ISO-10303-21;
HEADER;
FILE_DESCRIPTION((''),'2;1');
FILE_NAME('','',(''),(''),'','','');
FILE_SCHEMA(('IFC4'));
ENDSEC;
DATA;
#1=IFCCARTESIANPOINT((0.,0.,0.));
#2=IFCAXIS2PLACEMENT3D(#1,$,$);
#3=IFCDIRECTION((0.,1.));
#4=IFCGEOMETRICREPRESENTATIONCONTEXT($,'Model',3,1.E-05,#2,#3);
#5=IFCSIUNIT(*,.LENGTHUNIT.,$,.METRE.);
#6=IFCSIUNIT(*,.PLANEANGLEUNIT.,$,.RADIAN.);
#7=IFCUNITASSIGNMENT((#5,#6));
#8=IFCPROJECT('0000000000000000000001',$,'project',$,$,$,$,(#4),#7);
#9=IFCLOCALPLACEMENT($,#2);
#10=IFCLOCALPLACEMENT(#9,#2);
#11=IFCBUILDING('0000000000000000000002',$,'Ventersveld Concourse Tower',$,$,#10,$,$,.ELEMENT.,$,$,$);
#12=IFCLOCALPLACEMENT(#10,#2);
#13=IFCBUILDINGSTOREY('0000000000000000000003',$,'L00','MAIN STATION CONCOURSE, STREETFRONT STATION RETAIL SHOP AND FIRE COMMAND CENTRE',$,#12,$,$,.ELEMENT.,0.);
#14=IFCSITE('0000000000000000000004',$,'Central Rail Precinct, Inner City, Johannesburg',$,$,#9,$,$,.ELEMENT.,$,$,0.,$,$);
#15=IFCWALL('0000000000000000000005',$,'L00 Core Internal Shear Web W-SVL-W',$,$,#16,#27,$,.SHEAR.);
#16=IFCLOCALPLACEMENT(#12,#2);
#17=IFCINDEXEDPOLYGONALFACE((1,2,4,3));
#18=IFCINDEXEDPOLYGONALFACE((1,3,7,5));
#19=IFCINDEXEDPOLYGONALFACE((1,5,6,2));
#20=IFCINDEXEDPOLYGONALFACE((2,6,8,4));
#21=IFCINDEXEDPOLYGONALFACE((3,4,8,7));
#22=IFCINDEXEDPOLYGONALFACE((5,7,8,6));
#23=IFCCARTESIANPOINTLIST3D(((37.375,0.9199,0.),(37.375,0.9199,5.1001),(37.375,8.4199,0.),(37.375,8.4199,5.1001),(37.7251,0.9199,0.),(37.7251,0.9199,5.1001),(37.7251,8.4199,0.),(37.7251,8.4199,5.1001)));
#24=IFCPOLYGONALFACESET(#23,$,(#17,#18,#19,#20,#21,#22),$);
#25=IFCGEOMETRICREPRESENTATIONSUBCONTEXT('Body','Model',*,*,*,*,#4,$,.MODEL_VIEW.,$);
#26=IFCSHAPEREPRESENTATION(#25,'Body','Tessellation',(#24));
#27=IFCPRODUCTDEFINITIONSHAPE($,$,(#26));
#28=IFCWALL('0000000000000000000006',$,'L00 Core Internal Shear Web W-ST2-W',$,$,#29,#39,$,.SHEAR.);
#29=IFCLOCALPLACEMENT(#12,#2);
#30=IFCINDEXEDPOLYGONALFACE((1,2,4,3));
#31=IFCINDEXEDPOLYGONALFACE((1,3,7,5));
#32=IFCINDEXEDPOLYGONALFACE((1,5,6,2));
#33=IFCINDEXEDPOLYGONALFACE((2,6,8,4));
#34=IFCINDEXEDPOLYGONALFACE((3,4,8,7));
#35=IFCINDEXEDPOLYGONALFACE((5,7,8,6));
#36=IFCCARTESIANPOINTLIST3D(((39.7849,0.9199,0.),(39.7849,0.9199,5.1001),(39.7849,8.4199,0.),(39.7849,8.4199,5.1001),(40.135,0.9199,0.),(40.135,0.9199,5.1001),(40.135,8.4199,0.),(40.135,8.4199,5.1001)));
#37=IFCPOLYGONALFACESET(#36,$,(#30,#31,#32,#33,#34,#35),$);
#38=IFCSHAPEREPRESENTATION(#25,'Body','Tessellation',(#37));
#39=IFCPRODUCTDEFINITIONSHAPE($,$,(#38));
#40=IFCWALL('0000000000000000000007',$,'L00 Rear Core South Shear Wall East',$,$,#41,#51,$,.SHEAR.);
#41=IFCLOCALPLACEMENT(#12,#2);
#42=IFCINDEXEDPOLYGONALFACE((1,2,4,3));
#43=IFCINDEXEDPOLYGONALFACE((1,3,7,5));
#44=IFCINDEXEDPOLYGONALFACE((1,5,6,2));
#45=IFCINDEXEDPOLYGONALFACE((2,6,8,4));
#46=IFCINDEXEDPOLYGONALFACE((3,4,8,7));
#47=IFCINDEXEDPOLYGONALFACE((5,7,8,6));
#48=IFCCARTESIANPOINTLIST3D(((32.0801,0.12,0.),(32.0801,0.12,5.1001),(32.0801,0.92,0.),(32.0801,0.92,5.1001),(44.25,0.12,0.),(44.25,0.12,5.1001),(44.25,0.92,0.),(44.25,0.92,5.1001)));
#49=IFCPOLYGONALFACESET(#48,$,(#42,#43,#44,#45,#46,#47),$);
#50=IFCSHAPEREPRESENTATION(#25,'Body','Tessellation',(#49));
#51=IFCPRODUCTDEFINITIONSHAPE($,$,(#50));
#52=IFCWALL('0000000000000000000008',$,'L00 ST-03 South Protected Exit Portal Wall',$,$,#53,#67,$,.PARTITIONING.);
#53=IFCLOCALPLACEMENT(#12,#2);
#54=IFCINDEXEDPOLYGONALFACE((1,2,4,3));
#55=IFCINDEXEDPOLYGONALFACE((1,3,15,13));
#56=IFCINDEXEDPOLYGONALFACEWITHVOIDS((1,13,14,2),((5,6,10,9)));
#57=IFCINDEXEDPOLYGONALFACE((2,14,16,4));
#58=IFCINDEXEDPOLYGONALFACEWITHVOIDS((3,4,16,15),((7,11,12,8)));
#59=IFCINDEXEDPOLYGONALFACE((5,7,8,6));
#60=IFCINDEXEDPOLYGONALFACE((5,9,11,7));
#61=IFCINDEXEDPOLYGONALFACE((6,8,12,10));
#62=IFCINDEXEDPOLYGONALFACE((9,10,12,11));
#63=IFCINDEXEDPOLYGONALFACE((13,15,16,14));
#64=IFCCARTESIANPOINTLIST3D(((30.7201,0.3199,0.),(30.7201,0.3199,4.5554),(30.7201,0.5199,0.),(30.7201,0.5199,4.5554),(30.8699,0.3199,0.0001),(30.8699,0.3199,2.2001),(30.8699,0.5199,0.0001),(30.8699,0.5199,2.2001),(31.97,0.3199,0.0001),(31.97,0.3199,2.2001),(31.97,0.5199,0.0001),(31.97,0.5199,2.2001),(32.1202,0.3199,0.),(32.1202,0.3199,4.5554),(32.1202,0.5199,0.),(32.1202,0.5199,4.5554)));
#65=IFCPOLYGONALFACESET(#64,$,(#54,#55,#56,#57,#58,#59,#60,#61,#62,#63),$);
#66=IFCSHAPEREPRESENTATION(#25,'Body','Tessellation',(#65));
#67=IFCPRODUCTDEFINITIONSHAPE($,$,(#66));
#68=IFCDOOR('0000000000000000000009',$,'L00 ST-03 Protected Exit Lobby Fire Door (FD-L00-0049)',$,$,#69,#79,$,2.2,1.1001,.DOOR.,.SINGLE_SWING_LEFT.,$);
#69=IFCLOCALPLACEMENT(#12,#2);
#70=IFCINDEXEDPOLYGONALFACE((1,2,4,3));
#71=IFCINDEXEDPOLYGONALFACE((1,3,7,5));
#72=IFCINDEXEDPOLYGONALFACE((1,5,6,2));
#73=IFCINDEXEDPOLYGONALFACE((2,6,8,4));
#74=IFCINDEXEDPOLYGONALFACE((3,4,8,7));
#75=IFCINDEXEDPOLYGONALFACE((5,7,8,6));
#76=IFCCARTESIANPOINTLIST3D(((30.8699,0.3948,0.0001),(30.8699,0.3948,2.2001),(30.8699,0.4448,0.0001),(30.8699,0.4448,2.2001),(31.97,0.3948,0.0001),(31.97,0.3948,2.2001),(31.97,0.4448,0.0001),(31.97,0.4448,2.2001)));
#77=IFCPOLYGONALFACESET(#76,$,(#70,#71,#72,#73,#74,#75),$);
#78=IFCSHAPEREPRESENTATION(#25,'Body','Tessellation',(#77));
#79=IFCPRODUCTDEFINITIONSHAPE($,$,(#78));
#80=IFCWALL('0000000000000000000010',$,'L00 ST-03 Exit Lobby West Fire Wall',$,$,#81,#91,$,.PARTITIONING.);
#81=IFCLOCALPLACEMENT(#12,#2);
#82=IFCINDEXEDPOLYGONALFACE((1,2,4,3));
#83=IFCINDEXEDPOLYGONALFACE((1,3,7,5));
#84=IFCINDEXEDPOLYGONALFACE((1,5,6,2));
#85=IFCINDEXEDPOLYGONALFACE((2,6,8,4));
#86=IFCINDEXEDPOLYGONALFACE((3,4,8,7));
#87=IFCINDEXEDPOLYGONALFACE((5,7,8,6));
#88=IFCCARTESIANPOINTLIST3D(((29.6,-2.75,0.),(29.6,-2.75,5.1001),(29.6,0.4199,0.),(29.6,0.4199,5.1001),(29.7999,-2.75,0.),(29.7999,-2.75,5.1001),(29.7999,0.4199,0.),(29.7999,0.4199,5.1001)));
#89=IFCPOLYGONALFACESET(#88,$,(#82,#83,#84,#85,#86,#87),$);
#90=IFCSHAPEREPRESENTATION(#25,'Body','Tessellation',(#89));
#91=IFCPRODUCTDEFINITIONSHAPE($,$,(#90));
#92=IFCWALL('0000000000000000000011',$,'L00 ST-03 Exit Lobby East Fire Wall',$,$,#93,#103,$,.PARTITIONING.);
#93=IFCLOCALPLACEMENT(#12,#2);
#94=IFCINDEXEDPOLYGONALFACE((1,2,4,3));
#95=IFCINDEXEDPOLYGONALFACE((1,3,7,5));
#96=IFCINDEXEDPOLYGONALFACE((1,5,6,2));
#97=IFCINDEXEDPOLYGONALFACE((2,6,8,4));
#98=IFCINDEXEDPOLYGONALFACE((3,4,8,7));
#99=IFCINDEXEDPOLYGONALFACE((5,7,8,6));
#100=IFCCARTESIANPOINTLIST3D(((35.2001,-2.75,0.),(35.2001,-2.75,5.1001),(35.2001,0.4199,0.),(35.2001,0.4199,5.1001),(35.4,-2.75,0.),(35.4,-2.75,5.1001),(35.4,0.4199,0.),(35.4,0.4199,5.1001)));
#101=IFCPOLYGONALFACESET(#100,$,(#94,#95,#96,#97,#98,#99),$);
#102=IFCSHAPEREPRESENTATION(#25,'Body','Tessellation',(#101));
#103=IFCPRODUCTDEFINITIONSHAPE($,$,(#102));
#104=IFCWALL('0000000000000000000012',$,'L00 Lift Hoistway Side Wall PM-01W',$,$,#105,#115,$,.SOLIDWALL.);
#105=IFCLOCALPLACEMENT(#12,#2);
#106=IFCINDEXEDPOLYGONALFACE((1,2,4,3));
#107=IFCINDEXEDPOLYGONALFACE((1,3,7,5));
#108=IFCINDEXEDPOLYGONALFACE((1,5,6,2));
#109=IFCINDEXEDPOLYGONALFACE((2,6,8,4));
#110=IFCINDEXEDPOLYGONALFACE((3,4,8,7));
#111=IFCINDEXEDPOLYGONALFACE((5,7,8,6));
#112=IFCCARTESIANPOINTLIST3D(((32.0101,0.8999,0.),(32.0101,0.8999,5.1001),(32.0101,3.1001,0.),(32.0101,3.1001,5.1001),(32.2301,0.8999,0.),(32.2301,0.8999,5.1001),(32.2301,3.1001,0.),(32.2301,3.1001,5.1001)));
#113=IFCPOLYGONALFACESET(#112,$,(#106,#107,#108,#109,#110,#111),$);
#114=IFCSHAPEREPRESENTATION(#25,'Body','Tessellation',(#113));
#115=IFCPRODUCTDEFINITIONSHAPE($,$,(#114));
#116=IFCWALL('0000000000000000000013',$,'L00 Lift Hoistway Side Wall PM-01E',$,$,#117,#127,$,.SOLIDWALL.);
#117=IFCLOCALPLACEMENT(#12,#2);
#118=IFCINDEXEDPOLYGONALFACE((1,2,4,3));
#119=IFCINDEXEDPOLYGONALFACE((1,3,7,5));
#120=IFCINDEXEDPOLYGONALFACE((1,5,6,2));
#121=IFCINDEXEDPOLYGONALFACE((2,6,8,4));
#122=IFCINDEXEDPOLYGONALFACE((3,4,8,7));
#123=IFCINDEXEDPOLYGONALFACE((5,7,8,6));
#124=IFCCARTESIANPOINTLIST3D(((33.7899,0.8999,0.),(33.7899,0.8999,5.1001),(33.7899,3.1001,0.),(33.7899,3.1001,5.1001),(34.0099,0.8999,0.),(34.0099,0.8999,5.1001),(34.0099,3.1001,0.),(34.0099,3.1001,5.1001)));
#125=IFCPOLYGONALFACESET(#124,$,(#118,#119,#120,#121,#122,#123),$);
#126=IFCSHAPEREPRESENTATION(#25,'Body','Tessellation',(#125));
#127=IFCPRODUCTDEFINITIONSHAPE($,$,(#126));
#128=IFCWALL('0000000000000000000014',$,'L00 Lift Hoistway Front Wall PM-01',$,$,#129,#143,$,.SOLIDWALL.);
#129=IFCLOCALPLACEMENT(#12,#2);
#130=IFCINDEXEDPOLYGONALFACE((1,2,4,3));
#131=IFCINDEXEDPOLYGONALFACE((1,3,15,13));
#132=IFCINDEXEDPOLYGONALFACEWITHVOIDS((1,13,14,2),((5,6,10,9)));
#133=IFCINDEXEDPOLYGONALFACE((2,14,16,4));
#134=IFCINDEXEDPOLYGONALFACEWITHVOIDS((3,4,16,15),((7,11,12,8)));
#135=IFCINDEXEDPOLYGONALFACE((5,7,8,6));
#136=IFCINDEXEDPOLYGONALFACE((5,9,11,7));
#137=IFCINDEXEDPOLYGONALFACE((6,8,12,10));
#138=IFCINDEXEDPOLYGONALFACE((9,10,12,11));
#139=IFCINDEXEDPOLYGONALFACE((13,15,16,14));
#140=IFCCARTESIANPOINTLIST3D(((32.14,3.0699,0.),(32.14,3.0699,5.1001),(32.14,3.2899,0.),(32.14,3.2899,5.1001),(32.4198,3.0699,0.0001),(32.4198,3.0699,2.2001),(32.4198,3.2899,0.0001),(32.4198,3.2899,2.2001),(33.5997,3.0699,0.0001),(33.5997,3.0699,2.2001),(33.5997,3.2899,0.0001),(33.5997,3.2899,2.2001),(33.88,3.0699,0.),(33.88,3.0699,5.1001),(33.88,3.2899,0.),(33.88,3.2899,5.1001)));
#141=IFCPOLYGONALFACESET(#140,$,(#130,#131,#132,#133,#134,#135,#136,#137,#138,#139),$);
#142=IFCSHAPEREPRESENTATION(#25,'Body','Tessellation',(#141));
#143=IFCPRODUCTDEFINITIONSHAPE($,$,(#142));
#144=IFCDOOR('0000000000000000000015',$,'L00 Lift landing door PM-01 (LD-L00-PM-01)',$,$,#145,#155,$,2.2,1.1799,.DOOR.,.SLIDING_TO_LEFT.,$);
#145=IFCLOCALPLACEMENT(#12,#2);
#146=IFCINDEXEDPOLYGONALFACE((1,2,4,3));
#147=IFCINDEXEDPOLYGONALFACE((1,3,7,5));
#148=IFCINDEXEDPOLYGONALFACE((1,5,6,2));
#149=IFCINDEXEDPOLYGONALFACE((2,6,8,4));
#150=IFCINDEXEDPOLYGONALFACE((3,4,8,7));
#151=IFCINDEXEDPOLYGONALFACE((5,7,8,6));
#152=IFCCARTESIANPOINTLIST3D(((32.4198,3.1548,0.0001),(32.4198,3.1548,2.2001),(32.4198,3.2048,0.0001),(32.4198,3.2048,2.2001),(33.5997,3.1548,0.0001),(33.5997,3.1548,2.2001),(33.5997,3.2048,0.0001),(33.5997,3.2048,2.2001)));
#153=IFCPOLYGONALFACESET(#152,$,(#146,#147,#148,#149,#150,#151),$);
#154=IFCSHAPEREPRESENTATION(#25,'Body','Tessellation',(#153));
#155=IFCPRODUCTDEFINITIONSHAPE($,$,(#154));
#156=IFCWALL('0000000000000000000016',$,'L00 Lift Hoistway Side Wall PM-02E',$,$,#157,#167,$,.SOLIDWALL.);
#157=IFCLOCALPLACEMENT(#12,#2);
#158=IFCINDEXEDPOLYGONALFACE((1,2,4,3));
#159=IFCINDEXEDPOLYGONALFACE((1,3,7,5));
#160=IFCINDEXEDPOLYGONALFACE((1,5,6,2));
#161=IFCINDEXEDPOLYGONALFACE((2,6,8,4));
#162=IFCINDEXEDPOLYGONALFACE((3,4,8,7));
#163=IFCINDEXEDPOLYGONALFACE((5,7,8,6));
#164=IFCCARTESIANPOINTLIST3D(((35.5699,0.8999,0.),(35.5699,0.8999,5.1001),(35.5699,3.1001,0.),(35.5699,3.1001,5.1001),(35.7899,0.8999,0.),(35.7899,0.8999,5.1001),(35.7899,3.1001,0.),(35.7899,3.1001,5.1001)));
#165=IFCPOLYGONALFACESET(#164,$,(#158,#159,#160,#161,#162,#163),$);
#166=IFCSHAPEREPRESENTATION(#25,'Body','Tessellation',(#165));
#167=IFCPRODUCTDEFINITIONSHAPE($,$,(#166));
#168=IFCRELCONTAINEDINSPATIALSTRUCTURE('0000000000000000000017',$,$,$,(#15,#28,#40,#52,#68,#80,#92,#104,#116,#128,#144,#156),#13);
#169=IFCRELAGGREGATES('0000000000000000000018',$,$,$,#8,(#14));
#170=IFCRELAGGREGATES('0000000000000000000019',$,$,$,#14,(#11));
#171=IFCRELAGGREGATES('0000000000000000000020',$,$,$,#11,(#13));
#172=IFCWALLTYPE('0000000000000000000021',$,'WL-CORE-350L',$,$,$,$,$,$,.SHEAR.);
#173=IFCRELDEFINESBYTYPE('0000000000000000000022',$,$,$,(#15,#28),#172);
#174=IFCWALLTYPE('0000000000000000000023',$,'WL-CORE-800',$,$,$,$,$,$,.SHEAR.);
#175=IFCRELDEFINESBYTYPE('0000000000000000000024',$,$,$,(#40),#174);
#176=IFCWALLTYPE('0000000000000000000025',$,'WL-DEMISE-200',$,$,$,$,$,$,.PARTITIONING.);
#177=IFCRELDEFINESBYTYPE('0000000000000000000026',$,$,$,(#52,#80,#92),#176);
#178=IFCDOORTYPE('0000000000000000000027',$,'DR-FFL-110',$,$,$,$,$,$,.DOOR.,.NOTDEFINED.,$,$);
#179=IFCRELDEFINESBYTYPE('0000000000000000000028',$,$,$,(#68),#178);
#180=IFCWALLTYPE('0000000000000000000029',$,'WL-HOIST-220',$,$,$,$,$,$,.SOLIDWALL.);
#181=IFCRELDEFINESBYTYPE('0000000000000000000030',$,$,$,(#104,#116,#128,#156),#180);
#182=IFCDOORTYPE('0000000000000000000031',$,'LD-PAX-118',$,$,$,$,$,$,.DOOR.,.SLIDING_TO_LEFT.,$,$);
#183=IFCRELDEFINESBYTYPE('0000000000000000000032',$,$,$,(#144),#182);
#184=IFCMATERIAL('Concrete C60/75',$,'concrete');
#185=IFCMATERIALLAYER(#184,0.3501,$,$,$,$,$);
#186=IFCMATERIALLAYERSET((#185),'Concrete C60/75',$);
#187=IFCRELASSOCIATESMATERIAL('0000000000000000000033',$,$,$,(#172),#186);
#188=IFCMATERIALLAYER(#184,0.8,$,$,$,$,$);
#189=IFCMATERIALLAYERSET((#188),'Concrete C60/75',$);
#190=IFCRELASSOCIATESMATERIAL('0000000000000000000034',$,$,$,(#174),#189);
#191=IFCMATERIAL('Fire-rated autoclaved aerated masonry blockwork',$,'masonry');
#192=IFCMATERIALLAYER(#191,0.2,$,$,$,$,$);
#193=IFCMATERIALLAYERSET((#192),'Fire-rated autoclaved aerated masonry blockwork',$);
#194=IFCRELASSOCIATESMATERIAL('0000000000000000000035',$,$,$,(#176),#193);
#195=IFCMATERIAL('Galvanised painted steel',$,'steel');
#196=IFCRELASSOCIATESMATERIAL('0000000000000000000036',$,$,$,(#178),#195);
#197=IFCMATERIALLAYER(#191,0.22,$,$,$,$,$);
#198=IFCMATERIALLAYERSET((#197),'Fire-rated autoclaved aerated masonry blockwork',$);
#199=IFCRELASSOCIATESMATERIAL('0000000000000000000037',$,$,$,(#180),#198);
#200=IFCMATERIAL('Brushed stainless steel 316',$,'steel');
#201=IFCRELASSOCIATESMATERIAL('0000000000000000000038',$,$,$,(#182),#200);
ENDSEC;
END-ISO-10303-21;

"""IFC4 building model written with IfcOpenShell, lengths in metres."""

from ifc_helpers import new_model, si_unit, direction, frame, frame_2d, origin, place, context, subcontext, project, spatial, rectangle, extrude, material, layer, layer_set, type_object, element, fill, save


model = new_model("IFC4")

# Units and contexts
model_context = context("Model", 3, precision=1e-05, world=origin(), true_north=direction((0.0, 1.0)))
body_context = subcontext(model_context, "Body", "Model", "MODEL_VIEW")
ifc_project = project(units=[si_unit("LENGTHUNIT", "METRE"), si_unit("PLANEANGLEUNIT", "RADIAN")], contexts=[model_context])

# Site, building, storey
site_placement = place(None, origin())
site = spatial("IfcSite", under=ifc_project, at=site_placement, Name="Central Rail Precinct, Inner City, Johannesburg", CompositionType="ELEMENT", RefElevation=0.0)
building_placement = place(site_placement, origin())
building = spatial("IfcBuilding", under=site, at=building_placement, Name="Ventersveld Concourse Tower", CompositionType="ELEMENT")
storey_placement = place(building_placement, origin())
storey = spatial("IfcBuildingStorey", under=building, at=storey_placement, Name="L00", Description="MAIN STATION CONCOURSE, STREETFRONT STATION RETAIL SHOP AND FIRE COMMAND CENTRE", CompositionType="ELEMENT", Elevation=0.0)

# Shared definitions
ifc_material_1 = material(Name="Concrete C60/75", Category="concrete")

# Walls
ifc_layer_1 = layer(ifc_material_1, 0.3501)
ifc_layer_set_1 = layer_set([ifc_layer_1], Name="Concrete C60/75")
wall_type_1 = type_object("IfcWallType", Name="WL-CORE-350L", PredefinedType="SHEAR", material=ifc_layer_set_1)
for number, where, z_axis, x_axis, name in (
    (1, (37.55, 0.9199, 0.0), (0.0, 0.0, 1.0), (0.0, 1.0, 0.0), "L00 Core Internal Shear Web W-SVL-W"),
    (2, (39.96, 0.9199, 0.0), (0.0, 0.0, 1.0), (0.0, 1.0, 0.0), "L00 Core Internal Shear Web W-ST2-W"),
):
    element("IfcWall", number, at=place(storey_placement, frame(where, z_axis=z_axis, x_axis=x_axis)), inside=storey, type_object=wall_type_1, Name=name, PredefinedType="SHEAR", context=body_context, shape_type="SweptSolid", body=[
        extrude(rectangle(XDim=7.5, YDim=0.3501, at=frame_2d((3.75, 0.0))), origin(), (0.0, 0.0, 1.0), 5.1001),
    ])
ifc_layer_2 = layer(ifc_material_1, 0.8)
ifc_layer_set_2 = layer_set([ifc_layer_2], Name="Concrete C60/75")
wall_type_2 = type_object("IfcWallType", Name="WL-CORE-800", PredefinedType="SHEAR", material=ifc_layer_set_2)
wall_1_placement = place(storey_placement, frame((32.0801, 0.52, 0.0), z_axis=(0.0, 0.0, 1.0), x_axis=(1.0, 0.0, 0.0)))
element("IfcWall", 3, at=wall_1_placement, inside=storey, type_object=wall_type_2, Name="L00 Rear Core South Shear Wall East", PredefinedType="SHEAR", context=body_context, shape_type="SweptSolid", body=[
    extrude(rectangle(XDim=12.1699, YDim=0.8, at=frame_2d((6.085, 0.0))), origin(), (0.0, 0.0, 1.0), 5.1001),
])

# Wall, opening, door
ifc_material_2 = material(Name="Fire-rated autoclaved aerated masonry blockwork", Category="masonry")
ifc_layer_3 = layer(ifc_material_2, 0.2)
ifc_layer_set_3 = layer_set([ifc_layer_3], Name="Fire-rated autoclaved aerated masonry blockwork")
wall_type_3 = type_object("IfcWallType", Name="WL-DEMISE-200", PredefinedType="PARTITIONING", material=ifc_layer_set_3)
wall_2_placement = place(storey_placement, frame((30.72, 0.4199, 0.0), z_axis=(0.0, 0.0, 1.0), x_axis=(1.0, 0.0, 0.0)))
wall_2 = element("IfcWall", 4, at=wall_2_placement, inside=storey, type_object=wall_type_3, Name="L00 ST-03 South Protected Exit Portal Wall", PredefinedType="PARTITIONING", context=body_context, shape_type="SweptSolid", body=[
    extrude(rectangle(XDim=1.4001, YDim=0.2, at=frame_2d((0.7002, 0.0))), origin(), (0.0, 0.0, 1.0), 4.5554),
])
opening_1_placement = place(wall_2_placement, frame((0.1499, 0.0, 0.0)))
opening_1 = element("IfcOpeningElement", 5, at=opening_1_placement, cuts=wall_2, PredefinedType="OPENING", context=body_context, shape_type="SweptSolid", body=[
    extrude(rectangle(XDim=1.1001, YDim=2.2, at=frame_2d((0.55, 1.1001))), frame((0.0, 0.1099, 0.0), z_axis=(0.0, -1.0, 0.0), x_axis=(1.0, 0.0, 0.0)), (0.0, 0.0, 1.0), 0.22),
])
ifc_material_3 = material(Name="Galvanised painted steel", Category="steel")
door_type_1 = type_object("IfcDoorType", Name="DR-FFL-110", OperationType="NOTDEFINED", PredefinedType="DOOR", material=ifc_material_3)
door_1_placement = place(opening_1_placement, origin())
door_1 = element("IfcDoor", 6, at=door_1_placement, inside=storey, type_object=door_type_1, Name="L00 ST-03 Protected Exit Lobby Fire Door (FD-L00-0049)", OperationType="SINGLE_SWING_LEFT", OverallHeight=2.2, OverallWidth=1.1001, PredefinedType="DOOR", context=body_context, shape_type="SweptSolid", body=[
    extrude(rectangle(XDim=1.1001, YDim=2.2, at=frame_2d((0.55, 1.1001))), frame((0.0, 0.0249, 0.0), z_axis=(0.0, -1.0, 0.0), x_axis=(1.0, 0.0, 0.0)), (0.0, 0.0, 1.0), 0.05),
])
fill(opening_1, door_1)

# Walls
for number, where, z_axis, x_axis, name in (
    (7, (29.7, -2.75, 0.0), (0.0, 0.0, 1.0), (0.0, 1.0, 0.0), "L00 ST-03 Exit Lobby West Fire Wall"),
    (8, (35.3, -2.75, 0.0), (0.0, 0.0, 1.0), (0.0, 1.0, 0.0), "L00 ST-03 Exit Lobby East Fire Wall"),
):
    element("IfcWall", number, at=place(storey_placement, frame(where, z_axis=z_axis, x_axis=x_axis)), inside=storey, type_object=wall_type_3, Name=name, PredefinedType="PARTITIONING", context=body_context, shape_type="SweptSolid", body=[
        extrude(rectangle(XDim=3.1699, YDim=0.2, at=frame_2d((1.585, 0.0))), origin(), (0.0, 0.0, 1.0), 5.1001),
    ])
ifc_layer_4 = layer(ifc_material_2, 0.22)
ifc_layer_set_4 = layer_set([ifc_layer_4], Name="Fire-rated autoclaved aerated masonry blockwork")
wall_type_4 = type_object("IfcWallType", Name="WL-HOIST-220", PredefinedType="SOLIDWALL", material=ifc_layer_set_4)
for number, where, z_axis, x_axis, name in (
    (9, (32.1201, 0.8999, 0.0), (0.0, 0.0, 1.0), (0.0, 1.0, 0.0), "L00 Lift Hoistway Side Wall PM-01W"),
    (10, (33.8999, 0.8999, 0.0), (0.0, 0.0, 1.0), (0.0, 1.0, 0.0), "L00 Lift Hoistway Side Wall PM-01E"),
):
    element("IfcWall", number, at=place(storey_placement, frame(where, z_axis=z_axis, x_axis=x_axis)), inside=storey, type_object=wall_type_4, Name=name, PredefinedType="SOLIDWALL", context=body_context, shape_type="SweptSolid", body=[
        extrude(rectangle(XDim=2.2002, YDim=0.22, at=frame_2d((1.1001, 0.0))), origin(), (0.0, 0.0, 1.0), 5.1001),
    ])

# Wall, opening, door
wall_3_placement = place(storey_placement, frame((32.1399, 3.1799, 0.0), z_axis=(0.0, 0.0, 1.0), x_axis=(1.0, 0.0, 0.0)))
wall_3 = element("IfcWall", 11, at=wall_3_placement, inside=storey, type_object=wall_type_4, Name="L00 Lift Hoistway Front Wall PM-01", PredefinedType="SOLIDWALL", context=body_context, shape_type="SweptSolid", body=[
    extrude(rectangle(XDim=1.74, YDim=0.22, at=frame_2d((0.8701, 0.0))), origin(), (0.0, 0.0, 1.0), 5.1001),
])
opening_2_placement = place(wall_3_placement, frame((0.28, 0.0, 0.0)))
opening_2 = element("IfcOpeningElement", 12, at=opening_2_placement, cuts=wall_3, PredefinedType="OPENING", context=body_context, shape_type="SweptSolid", body=[
    extrude(rectangle(XDim=1.1799, YDim=2.2, at=frame_2d((0.5898, 1.1001))), frame((0.0, 0.1201, 0.0), z_axis=(0.0, -1.0, 0.0), x_axis=(1.0, 0.0, 0.0)), (0.0, 0.0, 1.0), 0.24),
])
ifc_material_4 = material(Name="Brushed stainless steel 316", Category="steel")
door_type_2 = type_object("IfcDoorType", Name="LD-PAX-118", OperationType="SLIDING_TO_LEFT", PredefinedType="DOOR", material=ifc_material_4)
door_2_placement = place(opening_2_placement, origin())
door_2 = element("IfcDoor", 13, at=door_2_placement, inside=storey, type_object=door_type_2, Name="L00 Lift landing door PM-01 (LD-L00-PM-01)", OperationType="SLIDING_TO_LEFT", OverallHeight=2.2, OverallWidth=1.1799, PredefinedType="DOOR", context=body_context, shape_type="SweptSolid", body=[
    extrude(rectangle(XDim=1.1799, YDim=2.2, at=frame_2d((0.5898, 1.1001))), frame((0.0, 0.0249, 0.0), z_axis=(0.0, -1.0, 0.0), x_axis=(1.0, 0.0, 0.0)), (0.0, 0.0, 1.0), 0.05),
])
fill(opening_2, door_2)

# Wall
wall_4_placement = place(storey_placement, frame((35.6799, 0.8999, 0.0), z_axis=(0.0, 0.0, 1.0), x_axis=(0.0, 1.0, 0.0)))
element("IfcWall", 14, at=wall_4_placement, inside=storey, type_object=wall_type_4, Name="L00 Lift Hoistway Side Wall PM-02E", PredefinedType="SOLIDWALL", context=body_context, shape_type="SweptSolid", body=[
    extrude(rectangle(XDim=2.2002, YDim=0.22, at=frame_2d((1.1001, 0.0))), origin(), (0.0, 0.0, 1.0), 5.1001),
])

save(model, "model.ifc")
